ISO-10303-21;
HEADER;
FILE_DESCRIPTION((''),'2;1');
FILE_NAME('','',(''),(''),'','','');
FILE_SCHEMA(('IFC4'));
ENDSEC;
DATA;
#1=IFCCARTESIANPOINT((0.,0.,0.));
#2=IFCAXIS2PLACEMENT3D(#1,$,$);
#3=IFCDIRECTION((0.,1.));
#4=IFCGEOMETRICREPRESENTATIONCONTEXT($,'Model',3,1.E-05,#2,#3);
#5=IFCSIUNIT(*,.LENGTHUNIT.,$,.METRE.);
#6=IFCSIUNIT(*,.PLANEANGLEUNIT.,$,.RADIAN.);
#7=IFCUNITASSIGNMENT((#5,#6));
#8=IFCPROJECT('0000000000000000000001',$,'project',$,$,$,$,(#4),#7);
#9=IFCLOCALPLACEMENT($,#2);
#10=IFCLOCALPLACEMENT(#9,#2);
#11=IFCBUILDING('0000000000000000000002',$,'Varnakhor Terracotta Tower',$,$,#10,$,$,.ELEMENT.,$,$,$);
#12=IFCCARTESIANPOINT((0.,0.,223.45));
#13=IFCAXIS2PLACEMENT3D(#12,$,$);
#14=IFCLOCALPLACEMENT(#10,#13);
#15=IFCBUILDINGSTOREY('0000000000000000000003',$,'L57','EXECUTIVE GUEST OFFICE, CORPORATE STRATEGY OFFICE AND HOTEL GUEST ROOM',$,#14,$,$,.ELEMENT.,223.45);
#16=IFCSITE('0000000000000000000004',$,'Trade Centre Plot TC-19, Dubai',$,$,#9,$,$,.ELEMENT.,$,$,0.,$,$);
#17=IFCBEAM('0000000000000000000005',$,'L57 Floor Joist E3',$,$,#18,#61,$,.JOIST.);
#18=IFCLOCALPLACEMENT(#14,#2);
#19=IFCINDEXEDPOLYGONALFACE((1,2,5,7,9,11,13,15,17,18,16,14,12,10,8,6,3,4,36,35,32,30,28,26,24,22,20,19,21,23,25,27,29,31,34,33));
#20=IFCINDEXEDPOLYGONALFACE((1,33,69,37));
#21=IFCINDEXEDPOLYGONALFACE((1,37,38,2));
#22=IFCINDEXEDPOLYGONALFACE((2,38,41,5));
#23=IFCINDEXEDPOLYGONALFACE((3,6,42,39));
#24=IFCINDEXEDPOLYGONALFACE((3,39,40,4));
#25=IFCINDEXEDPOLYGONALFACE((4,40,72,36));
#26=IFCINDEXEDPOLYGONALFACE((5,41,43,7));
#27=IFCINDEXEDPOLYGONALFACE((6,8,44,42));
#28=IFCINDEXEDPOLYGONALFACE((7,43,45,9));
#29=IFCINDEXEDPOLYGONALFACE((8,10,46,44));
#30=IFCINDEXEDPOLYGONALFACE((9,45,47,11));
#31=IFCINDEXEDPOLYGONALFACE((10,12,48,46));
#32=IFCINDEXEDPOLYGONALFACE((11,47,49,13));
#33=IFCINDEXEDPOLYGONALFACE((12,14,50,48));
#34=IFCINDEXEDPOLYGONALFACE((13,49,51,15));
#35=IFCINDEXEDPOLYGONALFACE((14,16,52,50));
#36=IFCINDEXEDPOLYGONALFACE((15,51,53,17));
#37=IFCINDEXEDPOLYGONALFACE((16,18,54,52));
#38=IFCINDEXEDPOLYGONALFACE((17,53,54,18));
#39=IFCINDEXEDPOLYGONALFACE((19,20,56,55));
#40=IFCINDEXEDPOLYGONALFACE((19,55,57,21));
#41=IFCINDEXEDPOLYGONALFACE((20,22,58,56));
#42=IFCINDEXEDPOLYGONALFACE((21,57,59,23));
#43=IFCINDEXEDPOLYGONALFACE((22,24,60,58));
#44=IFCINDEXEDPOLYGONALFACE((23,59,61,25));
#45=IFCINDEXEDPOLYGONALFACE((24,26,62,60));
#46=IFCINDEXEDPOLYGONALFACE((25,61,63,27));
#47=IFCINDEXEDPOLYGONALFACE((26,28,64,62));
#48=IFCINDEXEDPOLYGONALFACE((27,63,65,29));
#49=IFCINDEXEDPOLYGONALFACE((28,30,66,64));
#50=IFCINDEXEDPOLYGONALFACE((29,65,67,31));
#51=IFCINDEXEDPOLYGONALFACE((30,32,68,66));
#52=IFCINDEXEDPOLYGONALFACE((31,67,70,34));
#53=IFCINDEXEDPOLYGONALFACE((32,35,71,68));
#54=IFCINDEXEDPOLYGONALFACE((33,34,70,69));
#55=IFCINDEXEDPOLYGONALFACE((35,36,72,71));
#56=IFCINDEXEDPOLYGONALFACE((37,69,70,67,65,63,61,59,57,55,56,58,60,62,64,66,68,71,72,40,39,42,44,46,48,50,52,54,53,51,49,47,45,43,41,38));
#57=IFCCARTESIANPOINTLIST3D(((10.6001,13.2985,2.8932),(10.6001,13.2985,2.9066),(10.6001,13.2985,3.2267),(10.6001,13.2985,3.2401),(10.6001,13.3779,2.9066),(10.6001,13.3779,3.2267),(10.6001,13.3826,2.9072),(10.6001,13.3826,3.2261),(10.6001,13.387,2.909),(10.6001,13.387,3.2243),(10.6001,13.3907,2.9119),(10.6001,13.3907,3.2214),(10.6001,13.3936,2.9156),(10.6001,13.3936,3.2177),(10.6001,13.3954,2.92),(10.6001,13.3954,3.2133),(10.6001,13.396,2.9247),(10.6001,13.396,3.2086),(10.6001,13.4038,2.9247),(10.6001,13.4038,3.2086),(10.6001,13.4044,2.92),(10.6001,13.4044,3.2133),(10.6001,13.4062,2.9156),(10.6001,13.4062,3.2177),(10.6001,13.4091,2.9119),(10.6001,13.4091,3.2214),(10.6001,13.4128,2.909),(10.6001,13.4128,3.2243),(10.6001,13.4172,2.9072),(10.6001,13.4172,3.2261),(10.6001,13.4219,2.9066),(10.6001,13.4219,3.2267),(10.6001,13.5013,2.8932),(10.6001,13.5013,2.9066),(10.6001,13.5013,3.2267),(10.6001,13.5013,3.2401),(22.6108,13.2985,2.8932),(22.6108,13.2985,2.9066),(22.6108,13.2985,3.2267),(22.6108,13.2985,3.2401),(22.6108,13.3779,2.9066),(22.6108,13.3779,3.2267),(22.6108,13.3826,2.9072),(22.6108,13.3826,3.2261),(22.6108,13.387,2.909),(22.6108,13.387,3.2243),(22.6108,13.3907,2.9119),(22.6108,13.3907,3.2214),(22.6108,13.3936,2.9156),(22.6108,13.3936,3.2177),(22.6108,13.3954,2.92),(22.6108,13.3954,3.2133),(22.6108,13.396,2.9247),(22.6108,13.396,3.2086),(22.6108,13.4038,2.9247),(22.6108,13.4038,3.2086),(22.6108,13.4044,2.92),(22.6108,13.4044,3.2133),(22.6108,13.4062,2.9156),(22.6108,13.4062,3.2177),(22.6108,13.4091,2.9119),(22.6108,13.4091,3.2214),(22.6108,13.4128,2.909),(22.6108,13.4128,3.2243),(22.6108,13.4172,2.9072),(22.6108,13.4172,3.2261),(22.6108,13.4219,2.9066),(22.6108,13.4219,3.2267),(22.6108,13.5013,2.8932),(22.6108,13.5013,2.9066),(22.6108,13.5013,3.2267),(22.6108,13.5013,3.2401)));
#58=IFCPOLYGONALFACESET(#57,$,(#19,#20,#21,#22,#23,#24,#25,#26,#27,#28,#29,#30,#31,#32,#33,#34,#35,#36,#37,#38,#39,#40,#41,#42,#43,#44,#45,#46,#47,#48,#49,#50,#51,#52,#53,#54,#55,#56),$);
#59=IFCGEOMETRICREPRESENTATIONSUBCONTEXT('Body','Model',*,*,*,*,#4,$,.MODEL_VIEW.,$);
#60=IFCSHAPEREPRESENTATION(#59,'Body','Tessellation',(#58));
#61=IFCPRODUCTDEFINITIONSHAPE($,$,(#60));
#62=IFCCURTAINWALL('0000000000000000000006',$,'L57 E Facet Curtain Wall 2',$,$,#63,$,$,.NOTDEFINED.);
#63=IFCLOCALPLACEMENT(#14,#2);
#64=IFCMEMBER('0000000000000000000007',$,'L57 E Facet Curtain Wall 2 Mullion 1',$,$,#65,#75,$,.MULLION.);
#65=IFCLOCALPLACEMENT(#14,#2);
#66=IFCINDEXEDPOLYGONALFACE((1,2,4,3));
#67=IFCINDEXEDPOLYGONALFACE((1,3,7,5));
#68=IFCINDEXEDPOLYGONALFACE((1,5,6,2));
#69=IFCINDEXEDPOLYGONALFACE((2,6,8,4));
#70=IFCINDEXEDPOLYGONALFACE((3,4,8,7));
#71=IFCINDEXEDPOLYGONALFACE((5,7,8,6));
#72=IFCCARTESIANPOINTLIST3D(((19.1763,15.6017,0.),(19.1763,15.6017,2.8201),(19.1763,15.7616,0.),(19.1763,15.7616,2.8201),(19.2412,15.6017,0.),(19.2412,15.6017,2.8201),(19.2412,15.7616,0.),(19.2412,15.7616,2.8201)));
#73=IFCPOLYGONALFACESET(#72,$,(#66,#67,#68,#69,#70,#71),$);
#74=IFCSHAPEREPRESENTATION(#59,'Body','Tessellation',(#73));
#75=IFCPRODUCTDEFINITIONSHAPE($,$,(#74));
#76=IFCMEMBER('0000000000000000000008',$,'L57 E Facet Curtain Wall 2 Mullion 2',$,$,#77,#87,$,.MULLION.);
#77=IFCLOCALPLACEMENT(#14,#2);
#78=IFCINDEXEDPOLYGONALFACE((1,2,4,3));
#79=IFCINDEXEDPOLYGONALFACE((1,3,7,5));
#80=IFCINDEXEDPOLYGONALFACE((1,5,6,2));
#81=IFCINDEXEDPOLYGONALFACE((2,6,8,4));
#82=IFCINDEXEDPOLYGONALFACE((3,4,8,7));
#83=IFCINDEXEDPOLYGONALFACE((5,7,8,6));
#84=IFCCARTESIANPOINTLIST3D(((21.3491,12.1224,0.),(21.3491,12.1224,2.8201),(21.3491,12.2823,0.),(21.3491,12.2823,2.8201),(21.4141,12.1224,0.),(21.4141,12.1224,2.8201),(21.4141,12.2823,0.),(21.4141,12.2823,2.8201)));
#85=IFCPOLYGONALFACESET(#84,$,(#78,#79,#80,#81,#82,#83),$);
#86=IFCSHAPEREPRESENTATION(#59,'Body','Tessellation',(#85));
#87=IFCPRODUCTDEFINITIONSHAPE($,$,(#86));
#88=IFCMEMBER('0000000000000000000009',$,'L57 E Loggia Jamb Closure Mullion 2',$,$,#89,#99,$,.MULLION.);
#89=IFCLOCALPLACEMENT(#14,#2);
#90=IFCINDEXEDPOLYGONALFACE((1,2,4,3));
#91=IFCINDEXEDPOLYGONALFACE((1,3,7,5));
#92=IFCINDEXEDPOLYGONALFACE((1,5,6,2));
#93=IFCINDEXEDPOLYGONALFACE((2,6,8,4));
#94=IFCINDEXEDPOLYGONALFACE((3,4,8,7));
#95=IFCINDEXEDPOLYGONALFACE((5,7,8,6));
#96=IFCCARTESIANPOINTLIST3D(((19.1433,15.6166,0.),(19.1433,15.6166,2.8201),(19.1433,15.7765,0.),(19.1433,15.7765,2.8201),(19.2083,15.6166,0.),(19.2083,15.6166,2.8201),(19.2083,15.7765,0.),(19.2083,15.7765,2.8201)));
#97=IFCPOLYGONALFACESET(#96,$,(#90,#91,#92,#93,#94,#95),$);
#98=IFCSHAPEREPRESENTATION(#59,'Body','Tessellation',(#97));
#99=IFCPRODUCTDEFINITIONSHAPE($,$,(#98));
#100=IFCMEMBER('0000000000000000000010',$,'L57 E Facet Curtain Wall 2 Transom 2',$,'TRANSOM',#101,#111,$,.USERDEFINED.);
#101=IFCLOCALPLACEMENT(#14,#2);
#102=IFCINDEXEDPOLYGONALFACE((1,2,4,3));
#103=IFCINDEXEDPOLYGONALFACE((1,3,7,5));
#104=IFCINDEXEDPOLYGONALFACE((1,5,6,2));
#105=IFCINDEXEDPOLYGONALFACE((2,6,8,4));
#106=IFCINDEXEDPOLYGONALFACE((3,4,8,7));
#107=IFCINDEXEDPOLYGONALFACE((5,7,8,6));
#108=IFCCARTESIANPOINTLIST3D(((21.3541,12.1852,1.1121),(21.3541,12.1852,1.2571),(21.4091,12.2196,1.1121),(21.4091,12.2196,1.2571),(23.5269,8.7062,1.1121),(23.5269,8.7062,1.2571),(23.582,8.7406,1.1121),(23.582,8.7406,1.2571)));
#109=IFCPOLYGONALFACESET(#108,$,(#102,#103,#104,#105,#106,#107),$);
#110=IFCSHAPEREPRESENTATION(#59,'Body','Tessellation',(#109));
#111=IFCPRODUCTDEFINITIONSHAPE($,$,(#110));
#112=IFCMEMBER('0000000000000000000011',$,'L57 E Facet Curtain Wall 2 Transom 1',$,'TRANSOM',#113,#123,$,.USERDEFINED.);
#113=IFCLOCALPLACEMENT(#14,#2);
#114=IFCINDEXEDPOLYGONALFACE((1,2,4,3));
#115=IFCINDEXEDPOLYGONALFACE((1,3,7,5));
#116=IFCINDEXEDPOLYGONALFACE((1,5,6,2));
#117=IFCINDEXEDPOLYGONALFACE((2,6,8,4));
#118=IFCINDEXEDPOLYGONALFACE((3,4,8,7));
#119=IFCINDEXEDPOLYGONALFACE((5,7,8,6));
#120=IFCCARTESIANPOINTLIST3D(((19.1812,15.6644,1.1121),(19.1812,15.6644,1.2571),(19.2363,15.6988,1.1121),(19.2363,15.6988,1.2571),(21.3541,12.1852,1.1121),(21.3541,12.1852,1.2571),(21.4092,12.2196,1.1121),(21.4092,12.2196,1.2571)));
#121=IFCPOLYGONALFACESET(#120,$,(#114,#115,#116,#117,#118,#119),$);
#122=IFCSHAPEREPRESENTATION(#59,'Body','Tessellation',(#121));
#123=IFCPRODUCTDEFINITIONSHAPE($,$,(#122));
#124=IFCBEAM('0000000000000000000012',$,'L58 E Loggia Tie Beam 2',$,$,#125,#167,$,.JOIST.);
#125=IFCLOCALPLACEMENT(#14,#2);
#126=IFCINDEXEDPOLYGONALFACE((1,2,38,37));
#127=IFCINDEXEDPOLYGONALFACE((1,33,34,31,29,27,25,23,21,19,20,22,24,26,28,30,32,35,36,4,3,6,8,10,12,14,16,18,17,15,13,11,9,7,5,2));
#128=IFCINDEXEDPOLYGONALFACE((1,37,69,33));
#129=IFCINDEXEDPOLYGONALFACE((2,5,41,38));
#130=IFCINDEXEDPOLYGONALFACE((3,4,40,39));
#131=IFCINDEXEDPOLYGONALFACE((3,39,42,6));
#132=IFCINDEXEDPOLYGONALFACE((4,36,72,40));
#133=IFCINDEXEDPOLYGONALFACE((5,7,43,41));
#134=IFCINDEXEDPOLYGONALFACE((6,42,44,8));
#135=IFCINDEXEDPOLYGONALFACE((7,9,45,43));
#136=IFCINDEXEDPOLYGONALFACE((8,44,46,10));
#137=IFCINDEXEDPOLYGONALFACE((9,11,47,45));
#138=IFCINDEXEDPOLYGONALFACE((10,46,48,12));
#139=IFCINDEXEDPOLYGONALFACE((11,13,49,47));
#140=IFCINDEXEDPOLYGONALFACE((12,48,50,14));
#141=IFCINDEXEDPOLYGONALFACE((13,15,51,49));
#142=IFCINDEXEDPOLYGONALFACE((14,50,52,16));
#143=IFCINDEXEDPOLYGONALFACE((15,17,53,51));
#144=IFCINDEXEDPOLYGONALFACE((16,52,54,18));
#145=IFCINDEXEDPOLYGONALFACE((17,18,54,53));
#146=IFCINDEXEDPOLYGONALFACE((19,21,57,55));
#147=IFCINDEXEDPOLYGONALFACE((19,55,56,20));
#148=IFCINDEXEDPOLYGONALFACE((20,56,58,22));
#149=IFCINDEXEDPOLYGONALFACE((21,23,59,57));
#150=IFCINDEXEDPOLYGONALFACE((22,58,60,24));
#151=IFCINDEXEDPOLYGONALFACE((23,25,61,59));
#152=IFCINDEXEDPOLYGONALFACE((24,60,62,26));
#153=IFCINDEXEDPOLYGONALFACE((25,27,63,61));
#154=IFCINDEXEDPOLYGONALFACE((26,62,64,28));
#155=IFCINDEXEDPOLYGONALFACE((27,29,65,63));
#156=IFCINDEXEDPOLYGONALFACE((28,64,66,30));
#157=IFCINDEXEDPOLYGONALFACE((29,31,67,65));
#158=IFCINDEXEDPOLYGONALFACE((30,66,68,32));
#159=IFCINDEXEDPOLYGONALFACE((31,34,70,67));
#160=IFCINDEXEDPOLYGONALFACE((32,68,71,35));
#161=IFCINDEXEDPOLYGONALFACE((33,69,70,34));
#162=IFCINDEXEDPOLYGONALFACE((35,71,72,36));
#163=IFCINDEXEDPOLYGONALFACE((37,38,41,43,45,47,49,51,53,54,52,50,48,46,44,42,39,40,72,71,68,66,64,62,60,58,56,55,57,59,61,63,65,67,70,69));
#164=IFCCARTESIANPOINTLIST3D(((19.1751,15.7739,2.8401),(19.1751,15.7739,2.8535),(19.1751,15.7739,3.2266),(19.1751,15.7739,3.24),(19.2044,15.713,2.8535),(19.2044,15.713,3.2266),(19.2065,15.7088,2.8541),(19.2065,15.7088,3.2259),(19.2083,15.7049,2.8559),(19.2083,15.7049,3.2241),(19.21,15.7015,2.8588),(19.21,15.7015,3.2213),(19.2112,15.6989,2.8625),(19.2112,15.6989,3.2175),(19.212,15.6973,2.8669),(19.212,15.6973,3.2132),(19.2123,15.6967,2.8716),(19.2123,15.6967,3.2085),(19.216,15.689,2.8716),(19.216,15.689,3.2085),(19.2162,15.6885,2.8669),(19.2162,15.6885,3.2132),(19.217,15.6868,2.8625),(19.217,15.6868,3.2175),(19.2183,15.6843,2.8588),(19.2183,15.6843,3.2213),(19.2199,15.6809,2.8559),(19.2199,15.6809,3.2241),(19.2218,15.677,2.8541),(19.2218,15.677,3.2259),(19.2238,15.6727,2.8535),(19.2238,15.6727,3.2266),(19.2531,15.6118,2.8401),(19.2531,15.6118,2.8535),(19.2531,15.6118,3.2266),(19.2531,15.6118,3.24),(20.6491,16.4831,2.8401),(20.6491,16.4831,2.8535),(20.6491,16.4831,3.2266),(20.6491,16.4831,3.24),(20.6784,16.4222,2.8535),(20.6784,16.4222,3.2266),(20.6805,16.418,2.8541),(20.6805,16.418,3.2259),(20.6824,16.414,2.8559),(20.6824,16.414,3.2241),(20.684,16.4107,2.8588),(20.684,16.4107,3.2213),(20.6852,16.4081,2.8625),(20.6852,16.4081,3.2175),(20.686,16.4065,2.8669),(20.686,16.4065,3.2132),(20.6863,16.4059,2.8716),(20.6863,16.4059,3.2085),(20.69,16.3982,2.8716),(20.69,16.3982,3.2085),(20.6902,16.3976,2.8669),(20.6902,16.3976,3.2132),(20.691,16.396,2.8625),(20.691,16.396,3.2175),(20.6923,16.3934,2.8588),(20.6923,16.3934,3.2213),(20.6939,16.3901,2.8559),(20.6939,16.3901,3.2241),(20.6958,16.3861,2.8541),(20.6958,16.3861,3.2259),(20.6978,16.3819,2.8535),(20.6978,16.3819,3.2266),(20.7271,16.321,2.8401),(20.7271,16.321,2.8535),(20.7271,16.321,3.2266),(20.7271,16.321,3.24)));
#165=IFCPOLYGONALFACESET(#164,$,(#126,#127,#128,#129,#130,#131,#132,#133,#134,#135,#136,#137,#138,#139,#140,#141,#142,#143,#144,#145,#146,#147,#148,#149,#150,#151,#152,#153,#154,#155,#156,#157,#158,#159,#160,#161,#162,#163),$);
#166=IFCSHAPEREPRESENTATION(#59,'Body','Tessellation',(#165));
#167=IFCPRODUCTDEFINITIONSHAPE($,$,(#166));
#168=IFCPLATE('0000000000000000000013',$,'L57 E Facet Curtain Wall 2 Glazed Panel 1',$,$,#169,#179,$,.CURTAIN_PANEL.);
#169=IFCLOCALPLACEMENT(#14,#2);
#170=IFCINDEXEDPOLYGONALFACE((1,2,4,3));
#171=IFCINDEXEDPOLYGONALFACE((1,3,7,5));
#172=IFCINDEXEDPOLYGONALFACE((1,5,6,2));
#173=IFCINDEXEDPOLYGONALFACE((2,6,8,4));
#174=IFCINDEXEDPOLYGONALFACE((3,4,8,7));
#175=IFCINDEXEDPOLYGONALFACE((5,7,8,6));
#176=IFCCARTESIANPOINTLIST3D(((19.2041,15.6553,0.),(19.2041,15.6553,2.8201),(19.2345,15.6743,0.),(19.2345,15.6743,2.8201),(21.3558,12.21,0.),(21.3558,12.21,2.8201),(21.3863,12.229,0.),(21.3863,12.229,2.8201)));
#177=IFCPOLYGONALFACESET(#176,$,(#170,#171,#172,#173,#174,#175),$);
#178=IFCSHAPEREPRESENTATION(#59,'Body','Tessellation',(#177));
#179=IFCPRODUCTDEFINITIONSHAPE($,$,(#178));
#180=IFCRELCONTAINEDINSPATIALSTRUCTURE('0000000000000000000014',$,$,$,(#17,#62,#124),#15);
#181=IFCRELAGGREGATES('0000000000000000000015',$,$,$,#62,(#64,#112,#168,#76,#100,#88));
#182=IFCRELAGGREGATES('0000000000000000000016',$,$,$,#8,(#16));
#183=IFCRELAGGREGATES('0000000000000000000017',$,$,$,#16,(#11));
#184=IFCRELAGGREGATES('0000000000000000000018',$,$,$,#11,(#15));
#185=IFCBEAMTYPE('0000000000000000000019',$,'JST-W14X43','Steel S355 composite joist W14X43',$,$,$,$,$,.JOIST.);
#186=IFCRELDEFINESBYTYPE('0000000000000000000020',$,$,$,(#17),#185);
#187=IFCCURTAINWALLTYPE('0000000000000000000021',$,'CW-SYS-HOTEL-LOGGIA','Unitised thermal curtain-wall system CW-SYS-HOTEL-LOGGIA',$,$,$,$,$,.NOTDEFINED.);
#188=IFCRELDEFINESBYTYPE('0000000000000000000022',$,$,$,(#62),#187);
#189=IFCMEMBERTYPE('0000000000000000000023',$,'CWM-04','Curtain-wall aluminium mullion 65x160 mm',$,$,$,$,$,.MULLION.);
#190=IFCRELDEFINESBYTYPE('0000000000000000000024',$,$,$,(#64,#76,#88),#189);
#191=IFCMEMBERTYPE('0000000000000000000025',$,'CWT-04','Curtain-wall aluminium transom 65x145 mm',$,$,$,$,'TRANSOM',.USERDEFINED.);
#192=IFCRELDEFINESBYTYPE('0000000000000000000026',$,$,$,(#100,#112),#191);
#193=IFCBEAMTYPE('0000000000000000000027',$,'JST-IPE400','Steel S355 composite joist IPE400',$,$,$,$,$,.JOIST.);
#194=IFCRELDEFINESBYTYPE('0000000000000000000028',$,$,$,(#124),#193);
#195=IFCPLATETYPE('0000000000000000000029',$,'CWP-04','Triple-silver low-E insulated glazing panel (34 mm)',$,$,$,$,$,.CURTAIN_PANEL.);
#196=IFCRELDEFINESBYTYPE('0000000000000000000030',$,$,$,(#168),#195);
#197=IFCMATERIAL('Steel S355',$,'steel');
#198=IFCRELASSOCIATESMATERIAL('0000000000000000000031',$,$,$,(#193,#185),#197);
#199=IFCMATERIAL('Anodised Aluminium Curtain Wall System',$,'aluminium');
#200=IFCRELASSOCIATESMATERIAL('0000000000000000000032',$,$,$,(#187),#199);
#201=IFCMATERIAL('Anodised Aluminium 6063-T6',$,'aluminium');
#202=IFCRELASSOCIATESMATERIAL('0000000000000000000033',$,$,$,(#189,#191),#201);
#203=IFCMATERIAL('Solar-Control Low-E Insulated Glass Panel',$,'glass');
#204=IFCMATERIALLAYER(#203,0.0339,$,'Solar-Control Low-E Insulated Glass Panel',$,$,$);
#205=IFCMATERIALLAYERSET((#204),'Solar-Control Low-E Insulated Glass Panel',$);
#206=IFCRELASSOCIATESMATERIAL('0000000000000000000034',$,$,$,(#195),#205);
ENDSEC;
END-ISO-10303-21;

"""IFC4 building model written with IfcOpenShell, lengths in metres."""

from ifc_helpers import new_model, si_unit, direction, frame, origin, origin_2d, place, context, subcontext, project, spatial, rectangle, i_section, extrude, source, transform, mapped, material, layer, layer_set, material_profile, profile_set, type_object, type_shapes, element, aggregate, save


model = new_model("IFC4")

# Units and contexts
model_context = context("Model", 3, precision=1e-05, world=origin(), true_north=direction((0.0, 1.0)))
body_context = subcontext(model_context, "Body", "Model", "MODEL_VIEW")
ifc_project = project(units=[si_unit("LENGTHUNIT", "METRE"), si_unit("PLANEANGLEUNIT", "RADIAN")], contexts=[model_context])

# Site, building, storey
site_placement = place(None, origin())
site = spatial("IfcSite", under=ifc_project, at=site_placement, Name="Trade Centre Plot TC-19, Dubai", CompositionType="ELEMENT", RefElevation=0.0)
building_placement = place(site_placement, origin())
building = spatial("IfcBuilding", under=site, at=building_placement, Name="Varnakhor Terracotta Tower", CompositionType="ELEMENT")
storey_placement = place(building_placement, frame((0.0, 0.0, 223.45)))
storey = spatial("IfcBuildingStorey", under=building, at=storey_placement, Name="L57", Description="EXECUTIVE GUEST OFFICE, CORPORATE STRATEGY OFFICE AND HOTEL GUEST ROOM", CompositionType="ELEMENT", Elevation=223.45)

# Beam
ifc_material_1 = material(Name="Steel S355", Category="steel")
ifc_material_profile_1 = material_profile(ifc_material_1, i_section(OverallWidth=0.1799, OverallDepth=0.3999, WebThickness=0.0085, FlangeThickness=0.0134, FilletRadius=0.0181, at=origin_2d()), Name="IPE400")
ifc_profile_set_1 = profile_set([ifc_material_profile_1], Name="Steel S355")
beam_type_1 = type_object("IfcBeamType", Name="JST-IPE400", Description="Steel S355 composite joist IPE400", PredefinedType="JOIST", material=ifc_profile_set_1)
ifc_material_profile_2 = material_profile(ifc_material_1, i_section(OverallWidth=0.2029, OverallDepth=0.3469, WebThickness=0.0078, FlangeThickness=0.0134, FilletRadius=0.0181, at=origin_2d()), Name="W14X43")
ifc_profile_set_2 = profile_set([ifc_material_profile_2], Name="Steel S355")
beam_type_2 = type_object("IfcBeamType", Name="JST-W14X43", Description="Steel S355 composite joist W14X43", PredefinedType="JOIST", material=ifc_profile_set_2)
shared_shape_1 = source(origin(), body_context, "Body", "SweptSolid", [
    extrude(i_section(OverallWidth=0.2029, OverallDepth=0.3469, WebThickness=0.0078, FlangeThickness=0.0134, FilletRadius=0.0181, at=origin_2d()), origin(), (0.0, 0.0, 1.0), 12.0107),
])
beam_1_placement = place(storey_placement, frame((10.6001, 13.3999, 3.0667), z_axis=(1.0, 0.0, 0.0), x_axis=(0.0, 1.0, 0.0)))
element("IfcBeam", 1, at=beam_1_placement, inside=storey, type_object=beam_type_2, Name="L57 Floor Joist E3", PredefinedType="JOIST", context=body_context, shape_type="MappedRepresentation", body=[
    mapped(shared_shape_1, transform((0.0, 0.0, 0.0), scale=1.0)),
])

# Curtain wall, members
ifc_material_2 = material(Name="Anodised Aluminium Curtain Wall System", Category="aluminium")
curtain_wall_type = type_object("IfcCurtainWallType", Name="CW-SYS-HOTEL-LOGGIA", Description="Unitised thermal curtain-wall system CW-SYS-HOTEL-LOGGIA", PredefinedType="NOTDEFINED", material=ifc_material_2)
curtain_wall_placement = place(storey_placement, origin())
curtain_wall = element("IfcCurtainWall", 2, at=curtain_wall_placement, inside=storey, type_object=curtain_wall_type, Name="L57 E Facet Curtain Wall 2", PredefinedType="NOTDEFINED")
ifc_material_3 = material(Name="Anodised Aluminium 6063-T6", Category="aluminium")
ifc_material_profile_3 = material_profile(ifc_material_3, rectangle(XDim=0.0649, YDim=0.1599, at=origin_2d()), Name="ALU MULLION 65x160")
ifc_profile_set_3 = profile_set([ifc_material_profile_3], Name="Anodised Aluminium 6063-T6")
member_type_1 = type_object("IfcMemberType", Name="CWM-04", Description="Curtain-wall aluminium mullion 65x160 mm", PredefinedType="MULLION", material=ifc_profile_set_3)
shared_shape_2 = source(origin(), body_context, "Body", "SweptSolid", [
    extrude(rectangle(XDim=0.0649, YDim=0.1599, at=origin_2d()), origin(), (0.0, 0.0, 1.0), 2.8201),
])
type_shapes(member_type_1, [shared_shape_2])
member_1_placement = place(storey_placement, frame((19.2087, 15.6816, 0.0), z_axis=(0.0, 0.0, 1.0), x_axis=(1.0, 0.0, 0.0)))
member_1 = element("IfcMember", 3, at=member_1_placement, type_object=member_type_1, Name="L57 E Facet Curtain Wall 2 Mullion 1", PredefinedType="MULLION", context=body_context, shape_type="MappedRepresentation", body=[
    mapped(shared_shape_2, transform((0.0, 0.0, 0.0), scale=1.0)),
])
member_2_placement = place(storey_placement, frame((21.3816, 12.2024, 0.0), z_axis=(0.0, 0.0, 1.0), x_axis=(1.0, 0.0, 0.0)))
member_2 = element("IfcMember", 4, at=member_2_placement, type_object=member_type_1, Name="L57 E Facet Curtain Wall 2 Mullion 2", PredefinedType="MULLION", context=body_context, shape_type="MappedRepresentation", body=[
    mapped(shared_shape_2, transform((0.0, 0.0, 0.0), scale=1.0)),
])
member_3_placement = place(storey_placement, frame((19.1758, 15.6965, 0.0), z_axis=(0.0, 0.0, 1.0), x_axis=(1.0, 0.0, 0.0)))
member_3 = element("IfcMember", 5, at=member_3_placement, type_object=member_type_1, Name="L57 E Loggia Jamb Closure Mullion 2", PredefinedType="MULLION", context=body_context, shape_type="MappedRepresentation", body=[
    mapped(shared_shape_2, transform((0.0, 0.0, 0.0), scale=1.0)),
])
ifc_material_profile_4 = material_profile(ifc_material_3, rectangle(XDim=0.0649, YDim=0.145, at=origin_2d()), Name="ALU TRANSOM 65x145")
ifc_profile_set_4 = profile_set([ifc_material_profile_4], Name="Anodised Aluminium 6063-T6")
member_type_2 = type_object("IfcMemberType", Name="CWT-04", Description="Curtain-wall aluminium transom 65x145 mm", ElementType="TRANSOM", PredefinedType="USERDEFINED", material=ifc_profile_set_4)
shared_shape_3 = source(origin(), body_context, "Body", "SweptSolid", [
    extrude(rectangle(XDim=0.0649, YDim=0.145, at=origin_2d()), origin(), (0.0, 0.0, 1.0), 4.1018),
])
member_4_placement = place(storey_placement, frame((21.3816, 12.2024, 1.1846), z_axis=(0.529731, -0.848165, 0.0), x_axis=(0.848165, 0.529731, 0.0)))
member_4 = element("IfcMember", 6, at=member_4_placement, type_object=member_type_2, Name="L57 E Facet Curtain Wall 2 Transom 2", ObjectType="TRANSOM", PredefinedType="USERDEFINED", context=body_context, shape_type="MappedRepresentation", body=[
    mapped(shared_shape_3, transform((0.0, 0.0, 0.0), scale=1.0)),
])
shared_shape_4 = source(origin(), body_context, "Body", "SweptSolid", [
    extrude(rectangle(XDim=0.0649, YDim=0.145, at=origin_2d()), origin(), (0.0, 0.0, 1.0), 4.1021),
])
member_5_placement = place(storey_placement, frame((19.2087, 15.6816, 1.1846), z_axis=(0.529705, -0.848182, 0.0), x_axis=(0.848182, 0.529705, 0.0)))
member_5 = element("IfcMember", 7, at=member_5_placement, type_object=member_type_2, Name="L57 E Facet Curtain Wall 2 Transom 1", ObjectType="TRANSOM", PredefinedType="USERDEFINED", context=body_context, shape_type="MappedRepresentation", body=[
    mapped(shared_shape_4, transform((0.0, 0.0, 0.0), scale=1.0)),
])

# Beam
shared_shape_5 = source(origin(), body_context, "Body", "SweptSolid", [
    extrude(i_section(OverallWidth=0.1799, OverallDepth=0.3999, WebThickness=0.0085, FlangeThickness=0.0134, FilletRadius=0.0181, at=origin_2d()), origin(), (0.0, 0.0, 1.0), 1.6357),
])
beam_2_placement = place(storey_placement, frame((19.2141, 15.6929, 3.04), z_axis=(0.901129, 0.433551, 0.0), x_axis=(-0.433551, 0.901129, 0.0)))
element("IfcBeam", 8, at=beam_2_placement, inside=storey, type_object=beam_type_1, Name="L58 E Loggia Tie Beam 2", PredefinedType="JOIST", context=body_context, shape_type="MappedRepresentation", body=[
    mapped(shared_shape_5, transform((0.0, 0.0, 0.0), scale=1.0)),
])

# Plate
ifc_material_4 = material(Name="Solar-Control Low-E Insulated Glass Panel", Category="glass")
ifc_layer_1 = layer(ifc_material_4, 0.0339, Name="Solar-Control Low-E Insulated Glass Panel")
ifc_layer_set_1 = layer_set([ifc_layer_1], Name="Solar-Control Low-E Insulated Glass Panel")
plate_type = type_object("IfcPlateType", Name="CWP-04", Description="Triple-silver low-E insulated glazing panel (34 mm)", PredefinedType="CURTAIN_PANEL", material=ifc_layer_set_1)
shared_shape_6 = source(origin(), body_context, "Body", "SweptSolid", [
    extrude(rectangle(XDim=4.062, YDim=0.0359, at=origin_2d()), origin(), (0.0, 0.0, 1.0), 2.8201),
])
plate_1_placement = place(storey_placement, frame((20.2952, 13.9421, 0.0), z_axis=(0.0, 0.0, 1.0), x_axis=(0.529727, -0.848168, 0.0)))
plate_1 = element("IfcPlate", 9, at=plate_1_placement, type_object=plate_type, Name="L57 E Facet Curtain Wall 2 Glazed Panel 1", PredefinedType="CURTAIN_PANEL", context=body_context, shape_type="MappedRepresentation", body=[
    mapped(shared_shape_6, transform((0.0, 0.0, 0.0), scale=1.0)),
])
aggregate(curtain_wall, [member_1, member_5, plate_1, member_2, member_4, member_3])

save(model, "model.ifc")
